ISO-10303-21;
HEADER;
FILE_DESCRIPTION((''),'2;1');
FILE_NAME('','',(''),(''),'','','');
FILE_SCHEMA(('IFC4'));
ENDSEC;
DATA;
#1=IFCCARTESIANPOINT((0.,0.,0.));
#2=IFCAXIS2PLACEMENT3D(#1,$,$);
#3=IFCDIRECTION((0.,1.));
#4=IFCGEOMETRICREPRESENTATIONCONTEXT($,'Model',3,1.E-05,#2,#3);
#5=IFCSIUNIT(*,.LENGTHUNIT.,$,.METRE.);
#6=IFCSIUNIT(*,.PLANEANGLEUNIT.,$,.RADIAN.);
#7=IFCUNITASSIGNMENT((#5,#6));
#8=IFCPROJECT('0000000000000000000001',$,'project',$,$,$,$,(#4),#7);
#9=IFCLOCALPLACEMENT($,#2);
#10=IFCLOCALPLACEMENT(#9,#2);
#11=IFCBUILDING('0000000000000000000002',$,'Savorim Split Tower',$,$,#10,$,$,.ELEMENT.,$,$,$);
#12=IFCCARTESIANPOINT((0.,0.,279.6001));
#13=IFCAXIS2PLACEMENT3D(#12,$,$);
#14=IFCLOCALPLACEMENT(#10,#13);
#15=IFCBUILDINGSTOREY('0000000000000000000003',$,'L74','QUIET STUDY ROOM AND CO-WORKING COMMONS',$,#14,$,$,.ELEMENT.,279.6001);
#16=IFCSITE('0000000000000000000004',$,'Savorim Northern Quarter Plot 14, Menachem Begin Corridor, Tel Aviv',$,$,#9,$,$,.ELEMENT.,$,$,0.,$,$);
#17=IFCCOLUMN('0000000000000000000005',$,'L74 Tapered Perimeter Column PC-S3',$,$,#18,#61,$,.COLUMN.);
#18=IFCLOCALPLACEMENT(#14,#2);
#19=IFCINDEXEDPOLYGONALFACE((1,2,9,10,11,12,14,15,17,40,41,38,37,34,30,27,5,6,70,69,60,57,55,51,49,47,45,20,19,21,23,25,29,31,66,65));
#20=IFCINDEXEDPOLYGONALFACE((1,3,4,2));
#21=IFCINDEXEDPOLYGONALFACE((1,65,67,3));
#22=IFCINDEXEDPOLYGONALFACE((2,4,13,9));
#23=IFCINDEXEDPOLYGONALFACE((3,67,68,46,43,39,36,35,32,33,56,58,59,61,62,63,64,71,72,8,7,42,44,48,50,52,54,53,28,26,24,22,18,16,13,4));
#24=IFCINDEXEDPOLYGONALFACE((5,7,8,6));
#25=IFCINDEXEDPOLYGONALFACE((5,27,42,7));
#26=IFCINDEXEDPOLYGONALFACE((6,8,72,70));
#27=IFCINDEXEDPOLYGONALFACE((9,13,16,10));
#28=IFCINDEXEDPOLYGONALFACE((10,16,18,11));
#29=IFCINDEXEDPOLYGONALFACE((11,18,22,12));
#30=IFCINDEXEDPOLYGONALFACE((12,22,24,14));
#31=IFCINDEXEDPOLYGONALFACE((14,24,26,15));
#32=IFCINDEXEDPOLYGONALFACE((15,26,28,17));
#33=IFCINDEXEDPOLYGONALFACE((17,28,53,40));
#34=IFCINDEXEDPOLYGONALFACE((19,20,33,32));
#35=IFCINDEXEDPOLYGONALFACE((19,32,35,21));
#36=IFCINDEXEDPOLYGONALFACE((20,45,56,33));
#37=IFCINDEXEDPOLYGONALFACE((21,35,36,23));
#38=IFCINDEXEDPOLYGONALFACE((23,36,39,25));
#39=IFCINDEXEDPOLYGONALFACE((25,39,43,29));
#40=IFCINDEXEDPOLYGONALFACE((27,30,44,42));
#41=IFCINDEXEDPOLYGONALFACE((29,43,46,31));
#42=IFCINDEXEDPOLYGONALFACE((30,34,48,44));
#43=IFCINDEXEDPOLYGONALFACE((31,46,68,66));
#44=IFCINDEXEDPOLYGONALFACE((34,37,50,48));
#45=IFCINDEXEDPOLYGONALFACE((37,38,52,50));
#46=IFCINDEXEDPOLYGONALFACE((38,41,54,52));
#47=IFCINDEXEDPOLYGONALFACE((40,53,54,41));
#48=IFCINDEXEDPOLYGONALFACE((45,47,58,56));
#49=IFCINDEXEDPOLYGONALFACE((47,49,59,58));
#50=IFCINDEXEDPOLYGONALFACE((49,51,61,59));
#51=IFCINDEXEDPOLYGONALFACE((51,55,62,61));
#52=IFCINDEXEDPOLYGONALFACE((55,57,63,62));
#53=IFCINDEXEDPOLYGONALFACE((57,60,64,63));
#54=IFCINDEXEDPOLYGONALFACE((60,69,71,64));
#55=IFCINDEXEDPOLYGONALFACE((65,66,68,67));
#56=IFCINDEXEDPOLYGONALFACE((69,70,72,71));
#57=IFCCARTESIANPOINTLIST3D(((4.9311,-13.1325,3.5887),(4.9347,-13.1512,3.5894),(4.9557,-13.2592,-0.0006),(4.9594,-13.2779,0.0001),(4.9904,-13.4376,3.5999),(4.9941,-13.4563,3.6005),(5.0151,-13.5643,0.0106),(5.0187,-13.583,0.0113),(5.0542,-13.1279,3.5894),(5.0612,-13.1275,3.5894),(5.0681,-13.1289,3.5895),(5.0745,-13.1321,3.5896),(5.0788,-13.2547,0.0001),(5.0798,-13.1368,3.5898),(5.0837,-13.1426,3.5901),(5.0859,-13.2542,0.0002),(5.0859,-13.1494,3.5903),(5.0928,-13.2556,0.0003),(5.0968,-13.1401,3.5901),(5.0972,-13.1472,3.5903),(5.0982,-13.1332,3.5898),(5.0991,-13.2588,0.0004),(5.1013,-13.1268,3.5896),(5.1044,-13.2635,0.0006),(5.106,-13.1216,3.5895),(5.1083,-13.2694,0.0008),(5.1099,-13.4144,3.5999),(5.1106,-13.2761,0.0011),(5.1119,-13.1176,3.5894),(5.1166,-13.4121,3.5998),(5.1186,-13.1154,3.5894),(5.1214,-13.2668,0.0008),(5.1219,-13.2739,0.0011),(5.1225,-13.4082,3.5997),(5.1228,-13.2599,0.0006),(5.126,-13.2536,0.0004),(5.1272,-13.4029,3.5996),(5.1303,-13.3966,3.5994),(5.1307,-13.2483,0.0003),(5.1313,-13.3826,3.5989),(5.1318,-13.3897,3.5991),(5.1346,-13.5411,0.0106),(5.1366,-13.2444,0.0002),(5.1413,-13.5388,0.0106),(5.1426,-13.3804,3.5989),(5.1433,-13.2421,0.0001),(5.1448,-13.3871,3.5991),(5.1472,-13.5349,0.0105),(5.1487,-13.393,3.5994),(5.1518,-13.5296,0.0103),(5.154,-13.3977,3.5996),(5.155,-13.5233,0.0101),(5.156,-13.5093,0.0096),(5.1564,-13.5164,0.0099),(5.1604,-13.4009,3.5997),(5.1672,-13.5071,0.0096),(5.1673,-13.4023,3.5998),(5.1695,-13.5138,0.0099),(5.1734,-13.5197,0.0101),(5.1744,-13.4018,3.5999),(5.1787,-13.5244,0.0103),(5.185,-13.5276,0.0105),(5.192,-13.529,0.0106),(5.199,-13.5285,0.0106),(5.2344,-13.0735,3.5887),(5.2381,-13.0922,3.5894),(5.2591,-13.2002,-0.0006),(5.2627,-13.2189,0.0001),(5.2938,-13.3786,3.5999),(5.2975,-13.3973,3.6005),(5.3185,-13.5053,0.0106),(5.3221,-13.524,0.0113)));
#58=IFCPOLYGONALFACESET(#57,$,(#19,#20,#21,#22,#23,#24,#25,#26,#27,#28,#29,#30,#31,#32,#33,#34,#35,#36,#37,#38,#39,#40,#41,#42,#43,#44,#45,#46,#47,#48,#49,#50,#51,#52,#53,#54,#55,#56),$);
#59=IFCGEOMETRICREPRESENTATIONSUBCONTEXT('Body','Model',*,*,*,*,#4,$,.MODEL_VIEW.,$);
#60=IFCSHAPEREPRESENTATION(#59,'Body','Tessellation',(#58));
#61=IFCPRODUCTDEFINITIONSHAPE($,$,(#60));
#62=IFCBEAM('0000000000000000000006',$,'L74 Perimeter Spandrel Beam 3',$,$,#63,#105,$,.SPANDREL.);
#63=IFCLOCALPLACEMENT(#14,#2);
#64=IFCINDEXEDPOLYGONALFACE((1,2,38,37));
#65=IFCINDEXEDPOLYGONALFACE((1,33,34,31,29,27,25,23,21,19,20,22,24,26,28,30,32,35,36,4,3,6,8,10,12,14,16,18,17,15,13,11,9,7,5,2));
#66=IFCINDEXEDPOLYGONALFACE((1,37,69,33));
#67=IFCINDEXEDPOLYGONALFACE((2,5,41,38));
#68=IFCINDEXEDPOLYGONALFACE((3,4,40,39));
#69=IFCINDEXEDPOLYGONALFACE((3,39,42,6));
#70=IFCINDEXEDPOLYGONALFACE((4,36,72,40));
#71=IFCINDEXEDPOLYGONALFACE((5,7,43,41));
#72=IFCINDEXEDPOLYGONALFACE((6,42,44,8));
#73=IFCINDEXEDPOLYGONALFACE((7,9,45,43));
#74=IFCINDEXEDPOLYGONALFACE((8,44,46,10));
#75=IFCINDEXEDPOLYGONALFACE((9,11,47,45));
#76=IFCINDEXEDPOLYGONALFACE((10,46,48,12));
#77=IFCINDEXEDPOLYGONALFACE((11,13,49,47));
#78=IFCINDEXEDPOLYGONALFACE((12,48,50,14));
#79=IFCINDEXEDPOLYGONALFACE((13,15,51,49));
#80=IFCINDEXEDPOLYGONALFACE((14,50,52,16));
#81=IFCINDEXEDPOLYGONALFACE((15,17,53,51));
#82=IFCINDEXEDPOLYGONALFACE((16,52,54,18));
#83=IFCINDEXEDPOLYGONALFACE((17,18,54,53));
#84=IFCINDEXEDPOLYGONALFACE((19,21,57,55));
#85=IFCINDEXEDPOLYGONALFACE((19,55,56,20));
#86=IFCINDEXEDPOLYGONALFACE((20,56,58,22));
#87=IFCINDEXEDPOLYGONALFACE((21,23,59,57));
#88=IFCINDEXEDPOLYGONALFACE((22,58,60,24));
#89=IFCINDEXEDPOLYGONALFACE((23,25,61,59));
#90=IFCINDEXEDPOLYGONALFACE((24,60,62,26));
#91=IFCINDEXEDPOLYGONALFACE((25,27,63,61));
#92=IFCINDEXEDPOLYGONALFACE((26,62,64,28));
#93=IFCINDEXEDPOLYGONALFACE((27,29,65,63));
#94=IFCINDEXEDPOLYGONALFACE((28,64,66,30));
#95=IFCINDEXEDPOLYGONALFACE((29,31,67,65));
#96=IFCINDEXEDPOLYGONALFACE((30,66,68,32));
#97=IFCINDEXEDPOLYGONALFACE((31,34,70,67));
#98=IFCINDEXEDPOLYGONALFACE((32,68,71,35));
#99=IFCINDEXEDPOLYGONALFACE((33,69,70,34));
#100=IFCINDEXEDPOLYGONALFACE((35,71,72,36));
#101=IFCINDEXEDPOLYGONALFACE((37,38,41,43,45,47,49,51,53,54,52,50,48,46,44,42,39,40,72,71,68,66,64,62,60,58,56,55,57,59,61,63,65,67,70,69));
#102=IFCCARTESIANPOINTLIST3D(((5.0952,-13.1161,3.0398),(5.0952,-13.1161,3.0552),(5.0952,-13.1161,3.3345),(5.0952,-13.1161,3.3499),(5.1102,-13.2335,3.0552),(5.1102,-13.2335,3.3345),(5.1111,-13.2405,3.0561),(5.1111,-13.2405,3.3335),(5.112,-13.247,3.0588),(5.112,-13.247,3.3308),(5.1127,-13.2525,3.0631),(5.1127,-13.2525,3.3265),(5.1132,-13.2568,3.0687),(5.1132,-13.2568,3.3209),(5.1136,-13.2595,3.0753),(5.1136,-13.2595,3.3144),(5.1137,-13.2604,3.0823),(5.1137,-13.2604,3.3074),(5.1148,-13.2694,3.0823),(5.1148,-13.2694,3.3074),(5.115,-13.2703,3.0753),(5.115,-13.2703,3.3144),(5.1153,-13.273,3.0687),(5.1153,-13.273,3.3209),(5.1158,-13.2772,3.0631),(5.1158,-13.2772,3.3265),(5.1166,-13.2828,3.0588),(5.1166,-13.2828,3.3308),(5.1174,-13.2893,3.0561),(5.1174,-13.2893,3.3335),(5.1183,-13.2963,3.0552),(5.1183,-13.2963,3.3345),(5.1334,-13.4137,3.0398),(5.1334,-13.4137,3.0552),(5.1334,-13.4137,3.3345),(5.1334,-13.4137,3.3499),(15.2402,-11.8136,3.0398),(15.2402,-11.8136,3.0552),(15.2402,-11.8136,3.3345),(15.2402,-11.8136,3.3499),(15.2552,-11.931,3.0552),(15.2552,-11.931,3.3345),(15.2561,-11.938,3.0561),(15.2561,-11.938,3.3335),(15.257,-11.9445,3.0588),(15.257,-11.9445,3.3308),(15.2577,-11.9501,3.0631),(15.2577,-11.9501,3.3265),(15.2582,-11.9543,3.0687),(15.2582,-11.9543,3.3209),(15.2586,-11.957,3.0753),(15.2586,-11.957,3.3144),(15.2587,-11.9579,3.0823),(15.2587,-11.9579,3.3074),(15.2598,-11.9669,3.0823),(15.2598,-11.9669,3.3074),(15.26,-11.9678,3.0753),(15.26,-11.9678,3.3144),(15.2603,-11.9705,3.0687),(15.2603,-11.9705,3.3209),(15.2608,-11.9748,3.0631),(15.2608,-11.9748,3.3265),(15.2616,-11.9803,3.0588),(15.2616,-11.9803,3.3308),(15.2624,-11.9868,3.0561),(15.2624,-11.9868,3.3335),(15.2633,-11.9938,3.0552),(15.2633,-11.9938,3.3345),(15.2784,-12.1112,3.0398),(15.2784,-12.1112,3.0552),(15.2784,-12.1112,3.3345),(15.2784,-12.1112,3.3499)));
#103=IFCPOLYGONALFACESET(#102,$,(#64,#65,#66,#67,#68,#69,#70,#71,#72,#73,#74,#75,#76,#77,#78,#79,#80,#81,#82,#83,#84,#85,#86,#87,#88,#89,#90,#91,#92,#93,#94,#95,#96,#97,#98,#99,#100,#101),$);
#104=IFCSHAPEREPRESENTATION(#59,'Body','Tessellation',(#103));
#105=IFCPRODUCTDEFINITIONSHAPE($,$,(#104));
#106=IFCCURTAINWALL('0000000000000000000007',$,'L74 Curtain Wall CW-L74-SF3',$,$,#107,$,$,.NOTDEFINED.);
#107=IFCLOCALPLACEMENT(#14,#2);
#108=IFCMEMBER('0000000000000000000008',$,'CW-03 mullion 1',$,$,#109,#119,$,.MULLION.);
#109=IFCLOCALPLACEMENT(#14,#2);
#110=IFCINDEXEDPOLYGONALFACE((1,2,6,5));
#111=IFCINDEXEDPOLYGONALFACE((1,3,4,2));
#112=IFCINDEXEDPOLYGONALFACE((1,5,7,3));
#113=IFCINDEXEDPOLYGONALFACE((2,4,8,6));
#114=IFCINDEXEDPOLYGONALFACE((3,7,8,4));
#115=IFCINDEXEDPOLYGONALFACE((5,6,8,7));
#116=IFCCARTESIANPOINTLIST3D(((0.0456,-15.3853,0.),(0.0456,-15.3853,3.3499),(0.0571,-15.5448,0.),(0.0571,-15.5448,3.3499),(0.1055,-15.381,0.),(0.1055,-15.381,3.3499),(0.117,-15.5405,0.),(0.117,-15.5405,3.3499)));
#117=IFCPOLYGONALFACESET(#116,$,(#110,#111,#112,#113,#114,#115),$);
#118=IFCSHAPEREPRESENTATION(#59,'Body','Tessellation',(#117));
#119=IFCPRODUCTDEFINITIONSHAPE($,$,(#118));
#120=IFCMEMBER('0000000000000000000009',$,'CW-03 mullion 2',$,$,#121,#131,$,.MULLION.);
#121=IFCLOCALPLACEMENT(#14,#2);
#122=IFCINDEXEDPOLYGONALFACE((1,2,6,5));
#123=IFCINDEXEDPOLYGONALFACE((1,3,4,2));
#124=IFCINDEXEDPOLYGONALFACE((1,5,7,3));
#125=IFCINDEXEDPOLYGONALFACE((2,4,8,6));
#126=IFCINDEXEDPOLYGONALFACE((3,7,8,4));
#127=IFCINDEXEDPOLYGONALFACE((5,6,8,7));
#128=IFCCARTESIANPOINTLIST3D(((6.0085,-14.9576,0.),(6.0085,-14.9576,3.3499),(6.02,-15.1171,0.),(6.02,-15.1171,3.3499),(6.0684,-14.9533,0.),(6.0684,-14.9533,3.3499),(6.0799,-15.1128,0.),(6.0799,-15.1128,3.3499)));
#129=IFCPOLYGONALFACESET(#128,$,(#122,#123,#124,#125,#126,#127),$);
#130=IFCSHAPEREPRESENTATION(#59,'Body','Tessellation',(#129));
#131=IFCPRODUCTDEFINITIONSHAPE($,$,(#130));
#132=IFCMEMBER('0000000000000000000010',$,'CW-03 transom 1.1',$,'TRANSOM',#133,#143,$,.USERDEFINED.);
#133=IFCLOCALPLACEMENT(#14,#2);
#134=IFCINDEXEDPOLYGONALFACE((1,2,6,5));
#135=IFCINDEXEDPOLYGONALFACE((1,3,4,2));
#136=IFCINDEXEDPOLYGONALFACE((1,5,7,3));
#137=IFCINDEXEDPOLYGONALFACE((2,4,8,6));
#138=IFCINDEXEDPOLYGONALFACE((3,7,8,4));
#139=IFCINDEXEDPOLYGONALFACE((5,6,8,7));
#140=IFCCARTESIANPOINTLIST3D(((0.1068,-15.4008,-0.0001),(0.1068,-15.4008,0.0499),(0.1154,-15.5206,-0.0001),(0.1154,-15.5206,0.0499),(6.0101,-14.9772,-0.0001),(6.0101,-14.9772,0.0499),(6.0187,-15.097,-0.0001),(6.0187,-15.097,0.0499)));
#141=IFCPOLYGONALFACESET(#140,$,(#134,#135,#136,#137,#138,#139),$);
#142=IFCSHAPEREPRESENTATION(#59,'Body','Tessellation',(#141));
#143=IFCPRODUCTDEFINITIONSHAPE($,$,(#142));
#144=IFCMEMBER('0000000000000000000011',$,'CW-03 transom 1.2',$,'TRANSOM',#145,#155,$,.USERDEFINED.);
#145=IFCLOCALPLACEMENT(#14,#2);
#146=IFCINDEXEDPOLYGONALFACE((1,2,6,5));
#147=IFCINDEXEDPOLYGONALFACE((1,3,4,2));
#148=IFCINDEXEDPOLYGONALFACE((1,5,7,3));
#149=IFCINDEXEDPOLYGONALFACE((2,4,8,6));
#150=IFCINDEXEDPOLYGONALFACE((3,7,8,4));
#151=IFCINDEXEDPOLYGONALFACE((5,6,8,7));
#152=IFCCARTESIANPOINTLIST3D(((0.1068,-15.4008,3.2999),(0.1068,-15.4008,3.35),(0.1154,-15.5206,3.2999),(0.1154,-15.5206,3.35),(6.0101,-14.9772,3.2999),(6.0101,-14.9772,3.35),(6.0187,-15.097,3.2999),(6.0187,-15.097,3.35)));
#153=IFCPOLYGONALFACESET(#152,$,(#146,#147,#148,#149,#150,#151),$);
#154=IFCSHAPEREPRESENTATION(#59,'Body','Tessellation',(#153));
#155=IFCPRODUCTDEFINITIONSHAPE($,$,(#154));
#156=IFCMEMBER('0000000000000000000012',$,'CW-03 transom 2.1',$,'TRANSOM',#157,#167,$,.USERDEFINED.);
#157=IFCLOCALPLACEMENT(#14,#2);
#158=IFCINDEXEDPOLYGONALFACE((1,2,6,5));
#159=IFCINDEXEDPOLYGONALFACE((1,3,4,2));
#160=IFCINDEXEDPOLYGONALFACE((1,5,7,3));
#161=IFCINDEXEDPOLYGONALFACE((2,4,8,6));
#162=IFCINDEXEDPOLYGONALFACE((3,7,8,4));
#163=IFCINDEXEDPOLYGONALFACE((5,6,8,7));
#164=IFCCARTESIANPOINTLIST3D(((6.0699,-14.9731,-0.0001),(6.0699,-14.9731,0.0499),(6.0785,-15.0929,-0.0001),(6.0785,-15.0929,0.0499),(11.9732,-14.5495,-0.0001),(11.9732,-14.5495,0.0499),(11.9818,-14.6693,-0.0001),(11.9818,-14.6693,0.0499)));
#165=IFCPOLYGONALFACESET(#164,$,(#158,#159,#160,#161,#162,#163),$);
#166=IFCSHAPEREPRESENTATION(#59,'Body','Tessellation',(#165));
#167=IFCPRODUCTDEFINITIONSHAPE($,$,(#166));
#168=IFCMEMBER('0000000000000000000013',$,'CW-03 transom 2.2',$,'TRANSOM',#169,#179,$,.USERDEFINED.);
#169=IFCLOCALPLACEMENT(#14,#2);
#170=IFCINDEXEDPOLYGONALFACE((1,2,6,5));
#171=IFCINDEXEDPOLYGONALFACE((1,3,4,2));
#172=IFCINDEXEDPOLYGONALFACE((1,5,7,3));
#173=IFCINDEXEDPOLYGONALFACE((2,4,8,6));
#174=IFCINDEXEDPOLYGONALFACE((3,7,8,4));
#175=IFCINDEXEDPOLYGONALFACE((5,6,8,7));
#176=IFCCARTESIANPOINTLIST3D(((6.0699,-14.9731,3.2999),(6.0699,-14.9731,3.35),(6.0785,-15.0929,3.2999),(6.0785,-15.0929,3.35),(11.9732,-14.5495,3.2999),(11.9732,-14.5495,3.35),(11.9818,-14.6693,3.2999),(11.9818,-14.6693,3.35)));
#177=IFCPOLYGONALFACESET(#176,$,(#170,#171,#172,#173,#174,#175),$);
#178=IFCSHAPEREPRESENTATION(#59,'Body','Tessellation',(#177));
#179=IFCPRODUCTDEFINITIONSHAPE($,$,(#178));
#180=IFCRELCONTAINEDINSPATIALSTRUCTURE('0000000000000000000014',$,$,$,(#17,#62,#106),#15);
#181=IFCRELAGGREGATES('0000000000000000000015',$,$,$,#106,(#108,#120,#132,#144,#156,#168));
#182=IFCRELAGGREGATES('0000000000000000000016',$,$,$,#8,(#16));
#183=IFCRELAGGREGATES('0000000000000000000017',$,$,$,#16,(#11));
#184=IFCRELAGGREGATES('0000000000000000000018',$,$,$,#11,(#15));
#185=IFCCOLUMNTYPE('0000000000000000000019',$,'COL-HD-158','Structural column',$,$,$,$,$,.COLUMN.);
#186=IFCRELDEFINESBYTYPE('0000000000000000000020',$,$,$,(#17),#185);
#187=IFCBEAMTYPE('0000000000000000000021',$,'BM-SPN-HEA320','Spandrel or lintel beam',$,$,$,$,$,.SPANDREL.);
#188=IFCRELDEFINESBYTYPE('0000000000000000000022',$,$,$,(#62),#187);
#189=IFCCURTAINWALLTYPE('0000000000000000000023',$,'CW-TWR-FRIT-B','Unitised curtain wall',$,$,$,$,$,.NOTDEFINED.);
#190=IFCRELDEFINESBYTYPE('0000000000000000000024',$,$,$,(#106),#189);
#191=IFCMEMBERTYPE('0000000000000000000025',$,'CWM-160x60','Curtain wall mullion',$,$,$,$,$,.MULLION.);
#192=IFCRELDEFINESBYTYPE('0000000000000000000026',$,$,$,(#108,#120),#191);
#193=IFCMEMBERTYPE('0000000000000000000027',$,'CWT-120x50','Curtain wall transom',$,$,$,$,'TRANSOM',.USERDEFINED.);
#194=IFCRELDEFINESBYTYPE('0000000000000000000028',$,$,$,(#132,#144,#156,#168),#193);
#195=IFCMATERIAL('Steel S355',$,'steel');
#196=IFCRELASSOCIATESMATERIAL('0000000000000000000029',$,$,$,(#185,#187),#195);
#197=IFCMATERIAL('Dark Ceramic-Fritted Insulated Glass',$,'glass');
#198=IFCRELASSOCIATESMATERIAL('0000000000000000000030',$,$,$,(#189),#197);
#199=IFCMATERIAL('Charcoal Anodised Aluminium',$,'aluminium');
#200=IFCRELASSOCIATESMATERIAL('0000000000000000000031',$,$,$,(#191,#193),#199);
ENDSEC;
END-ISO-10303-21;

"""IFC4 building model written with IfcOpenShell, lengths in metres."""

from ifc_helpers import new_model, si_unit, direction, frame, origin, origin_2d, place, context, subcontext, project, spatial, rectangle, i_section, extrude, material, material_profile, profile_set, type_object, element, aggregate, save


model = new_model("IFC4")

# Units and contexts
model_context = context("Model", 3, precision=1e-05, world=origin(), true_north=direction((0.0, 1.0)))
body_context = subcontext(model_context, "Body", "Model", "MODEL_VIEW")
ifc_project = project(units=[si_unit("LENGTHUNIT", "METRE"), si_unit("PLANEANGLEUNIT", "RADIAN")], contexts=[model_context])

# Site, building, storey
site_placement = place(None, origin())
site = spatial("IfcSite", under=ifc_project, at=site_placement, Name="Savorim Northern Quarter Plot 14, Menachem Begin Corridor, Tel Aviv", CompositionType="ELEMENT", RefElevation=0.0)
building_placement = place(site_placement, origin())
building = spatial("IfcBuilding", under=site, at=building_placement, Name="Savorim Split Tower", CompositionType="ELEMENT")
storey_placement = place(building_placement, frame((0.0, 0.0, 279.6001)))
storey = spatial("IfcBuildingStorey", under=building, at=storey_placement, Name="L74", Description="QUIET STUDY ROOM AND CO-WORKING COMMONS", CompositionType="ELEMENT", Elevation=279.6001)

# Column
ifc_material_1 = material(Name="Steel S355", Category="steel")
ifc_material_profile_1 = material_profile(ifc_material_1, i_section(OverallWidth=0.3091, OverallDepth=0.3301, WebThickness=0.0115, FlangeThickness=0.019, FilletRadius=0.0271, at=origin_2d()), Name="HD 320x158")
ifc_profile_set_1 = profile_set([ifc_material_profile_1], Name="Steel S355")
column_type = type_object("IfcColumnType", Name="COL-HD-158", Description="Structural column", PredefinedType="COLUMN", material=ifc_profile_set_1)
column_placement = place(storey_placement, frame((5.1389, -13.3916, 0.0054), z_axis=(-0.006866, 0.035281, 0.999354), x_axis=(-0.981586, -0.191022, 0.0)))
element("IfcColumn", 1, at=column_placement, inside=storey, type_object=column_type, Name="L74 Tapered Perimeter Column PC-S3", PredefinedType="COLUMN", context=body_context, shape_type="SweptSolid", body=[
    extrude(i_section(OverallWidth=0.3091, OverallDepth=0.3301, WebThickness=0.0115, FlangeThickness=0.019, FilletRadius=0.0271, at=origin_2d()), origin(), (0.0, 0.0, 1.0), 3.5916),
])

# Beam
ifc_material_profile_2 = material_profile(ifc_material_1, i_section(OverallWidth=0.3, OverallDepth=0.3101, WebThickness=0.009, FlangeThickness=0.0154, FilletRadius=0.0271, at=origin_2d()), Name="HEA 320")
ifc_profile_set_2 = profile_set([ifc_material_profile_2], Name="Steel S355")
beam_type = type_object("IfcBeamType", Name="BM-SPN-HEA320", Description="Spandrel or lintel beam", PredefinedType="SPANDREL", material=ifc_profile_set_2)
beam_placement = place(storey_placement, frame((5.1143, -13.2649, 3.1948), z_axis=(0.991859, 0.127342, 0.0), x_axis=(-0.127342, 0.991859, 0.0)))
element("IfcBeam", 2, at=beam_placement, inside=storey, type_object=beam_type, Name="L74 Perimeter Spandrel Beam 3", PredefinedType="SPANDREL", context=body_context, shape_type="SweptSolid", body=[
    extrude(i_section(OverallWidth=0.3, OverallDepth=0.3101, WebThickness=0.009, FlangeThickness=0.0154, FilletRadius=0.0271, at=origin_2d()), origin(), (0.0, 0.0, 1.0), 10.2283),
])

# Curtain wall, members
ifc_material_2 = material(Name="Dark Ceramic-Fritted Insulated Glass", Category="glass")
curtain_wall_type = type_object("IfcCurtainWallType", Name="CW-TWR-FRIT-B", Description="Unitised curtain wall", PredefinedType="NOTDEFINED", material=ifc_material_2)
curtain_wall_placement = place(storey_placement, origin())
curtain_wall = element("IfcCurtainWall", 3, at=curtain_wall_placement, inside=storey, type_object=curtain_wall_type, Name="L74 Curtain Wall CW-L74-SF3", PredefinedType="NOTDEFINED")
ifc_material_3 = material(Name="Charcoal Anodised Aluminium", Category="aluminium")
ifc_material_profile_3 = material_profile(ifc_material_3, rectangle(XDim=0.1599, YDim=0.0601, at=origin_2d()), Name="ALU-M 160x60")
ifc_profile_set_3 = profile_set([ifc_material_profile_3], Name="Charcoal Anodised Aluminium")
member_type_1 = type_object("IfcMemberType", Name="CWM-160x60", Description="Curtain wall mullion", PredefinedType="MULLION", material=ifc_profile_set_3)
member_1_placement = place(storey_placement, frame((0.0813, -15.4629, 0.0), z_axis=(0.0, 0.0, 1.0), x_axis=(-0.071558, 0.997436, 0.0)))
member_1 = element("IfcMember", 4, at=member_1_placement, type_object=member_type_1, Name="CW-03 mullion 1", PredefinedType="MULLION", context=body_context, shape_type="SweptSolid", body=[
    extrude(rectangle(XDim=0.1599, YDim=0.0601, at=origin_2d()), origin(), (0.0, 0.0, 1.0), 3.3499),
])
member_2_placement = place(storey_placement, frame((6.0442, -15.0352, 0.0), z_axis=(0.0, 0.0, 1.0), x_axis=(-0.071558, 0.997436, 0.0)))
member_2 = element("IfcMember", 5, at=member_2_placement, type_object=member_type_1, Name="CW-03 mullion 2", PredefinedType="MULLION", context=body_context, shape_type="SweptSolid", body=[
    extrude(rectangle(XDim=0.1599, YDim=0.0601, at=origin_2d()), origin(), (0.0, 0.0, 1.0), 3.3499),
])
ifc_material_profile_4 = material_profile(ifc_material_3, rectangle(XDim=0.1201, YDim=0.05, at=origin_2d()), Name="ALU-T 120x50")
ifc_profile_set_4 = profile_set([ifc_material_profile_4], Name="Charcoal Anodised Aluminium")
member_type_2 = type_object("IfcMemberType", Name="CWT-120x50", Description="Curtain wall transom", ElementType="TRANSOM", PredefinedType="USERDEFINED", material=ifc_profile_set_4)
member_3_placement = place(storey_placement, frame((0.1111, -15.4607, 0.0249), z_axis=(0.997436, 0.07157, 0.0), x_axis=(-0.07157, 0.997436, 0.0)))
member_3 = element("IfcMember", 6, at=member_3_placement, type_object=member_type_2, Name="CW-03 transom 1.1", ObjectType="TRANSOM", PredefinedType="USERDEFINED", context=body_context, shape_type="SweptSolid", body=[
    extrude(rectangle(XDim=0.1201, YDim=0.05, at=origin_2d()), origin(), (0.0, 0.0, 1.0), 5.9185),
])
member_4_placement = place(storey_placement, frame((0.1111, -15.4607, 3.325), z_axis=(0.997436, 0.07157, 0.0), x_axis=(-0.07157, 0.997436, 0.0)))
member_4 = element("IfcMember", 7, at=member_4_placement, type_object=member_type_2, Name="CW-03 transom 1.2", ObjectType="TRANSOM", PredefinedType="USERDEFINED", context=body_context, shape_type="SweptSolid", body=[
    extrude(rectangle(XDim=0.1201, YDim=0.05, at=origin_2d()), origin(), (0.0, 0.0, 1.0), 5.9185),
])
member_5_placement = place(storey_placement, frame((6.0742, -15.033, 0.0249), z_axis=(0.997436, 0.07157, 0.0), x_axis=(-0.07157, 0.997436, 0.0)))
member_5 = element("IfcMember", 8, at=member_5_placement, type_object=member_type_2, Name="CW-03 transom 2.1", ObjectType="TRANSOM", PredefinedType="USERDEFINED", context=body_context, shape_type="SweptSolid", body=[
    extrude(rectangle(XDim=0.1201, YDim=0.05, at=origin_2d()), origin(), (0.0, 0.0, 1.0), 5.9185),
])
member_6_placement = place(storey_placement, frame((6.0742, -15.033, 3.325), z_axis=(0.997436, 0.07157, 0.0), x_axis=(-0.07157, 0.997436, 0.0)))
member_6 = element("IfcMember", 9, at=member_6_placement, type_object=member_type_2, Name="CW-03 transom 2.2", ObjectType="TRANSOM", PredefinedType="USERDEFINED", context=body_context, shape_type="SweptSolid", body=[
    extrude(rectangle(XDim=0.1201, YDim=0.05, at=origin_2d()), origin(), (0.0, 0.0, 1.0), 5.9185),
])

aggregate(curtain_wall, [member_1, member_2, member_3, member_4, member_5, member_6])

save(model, "model.ifc")
